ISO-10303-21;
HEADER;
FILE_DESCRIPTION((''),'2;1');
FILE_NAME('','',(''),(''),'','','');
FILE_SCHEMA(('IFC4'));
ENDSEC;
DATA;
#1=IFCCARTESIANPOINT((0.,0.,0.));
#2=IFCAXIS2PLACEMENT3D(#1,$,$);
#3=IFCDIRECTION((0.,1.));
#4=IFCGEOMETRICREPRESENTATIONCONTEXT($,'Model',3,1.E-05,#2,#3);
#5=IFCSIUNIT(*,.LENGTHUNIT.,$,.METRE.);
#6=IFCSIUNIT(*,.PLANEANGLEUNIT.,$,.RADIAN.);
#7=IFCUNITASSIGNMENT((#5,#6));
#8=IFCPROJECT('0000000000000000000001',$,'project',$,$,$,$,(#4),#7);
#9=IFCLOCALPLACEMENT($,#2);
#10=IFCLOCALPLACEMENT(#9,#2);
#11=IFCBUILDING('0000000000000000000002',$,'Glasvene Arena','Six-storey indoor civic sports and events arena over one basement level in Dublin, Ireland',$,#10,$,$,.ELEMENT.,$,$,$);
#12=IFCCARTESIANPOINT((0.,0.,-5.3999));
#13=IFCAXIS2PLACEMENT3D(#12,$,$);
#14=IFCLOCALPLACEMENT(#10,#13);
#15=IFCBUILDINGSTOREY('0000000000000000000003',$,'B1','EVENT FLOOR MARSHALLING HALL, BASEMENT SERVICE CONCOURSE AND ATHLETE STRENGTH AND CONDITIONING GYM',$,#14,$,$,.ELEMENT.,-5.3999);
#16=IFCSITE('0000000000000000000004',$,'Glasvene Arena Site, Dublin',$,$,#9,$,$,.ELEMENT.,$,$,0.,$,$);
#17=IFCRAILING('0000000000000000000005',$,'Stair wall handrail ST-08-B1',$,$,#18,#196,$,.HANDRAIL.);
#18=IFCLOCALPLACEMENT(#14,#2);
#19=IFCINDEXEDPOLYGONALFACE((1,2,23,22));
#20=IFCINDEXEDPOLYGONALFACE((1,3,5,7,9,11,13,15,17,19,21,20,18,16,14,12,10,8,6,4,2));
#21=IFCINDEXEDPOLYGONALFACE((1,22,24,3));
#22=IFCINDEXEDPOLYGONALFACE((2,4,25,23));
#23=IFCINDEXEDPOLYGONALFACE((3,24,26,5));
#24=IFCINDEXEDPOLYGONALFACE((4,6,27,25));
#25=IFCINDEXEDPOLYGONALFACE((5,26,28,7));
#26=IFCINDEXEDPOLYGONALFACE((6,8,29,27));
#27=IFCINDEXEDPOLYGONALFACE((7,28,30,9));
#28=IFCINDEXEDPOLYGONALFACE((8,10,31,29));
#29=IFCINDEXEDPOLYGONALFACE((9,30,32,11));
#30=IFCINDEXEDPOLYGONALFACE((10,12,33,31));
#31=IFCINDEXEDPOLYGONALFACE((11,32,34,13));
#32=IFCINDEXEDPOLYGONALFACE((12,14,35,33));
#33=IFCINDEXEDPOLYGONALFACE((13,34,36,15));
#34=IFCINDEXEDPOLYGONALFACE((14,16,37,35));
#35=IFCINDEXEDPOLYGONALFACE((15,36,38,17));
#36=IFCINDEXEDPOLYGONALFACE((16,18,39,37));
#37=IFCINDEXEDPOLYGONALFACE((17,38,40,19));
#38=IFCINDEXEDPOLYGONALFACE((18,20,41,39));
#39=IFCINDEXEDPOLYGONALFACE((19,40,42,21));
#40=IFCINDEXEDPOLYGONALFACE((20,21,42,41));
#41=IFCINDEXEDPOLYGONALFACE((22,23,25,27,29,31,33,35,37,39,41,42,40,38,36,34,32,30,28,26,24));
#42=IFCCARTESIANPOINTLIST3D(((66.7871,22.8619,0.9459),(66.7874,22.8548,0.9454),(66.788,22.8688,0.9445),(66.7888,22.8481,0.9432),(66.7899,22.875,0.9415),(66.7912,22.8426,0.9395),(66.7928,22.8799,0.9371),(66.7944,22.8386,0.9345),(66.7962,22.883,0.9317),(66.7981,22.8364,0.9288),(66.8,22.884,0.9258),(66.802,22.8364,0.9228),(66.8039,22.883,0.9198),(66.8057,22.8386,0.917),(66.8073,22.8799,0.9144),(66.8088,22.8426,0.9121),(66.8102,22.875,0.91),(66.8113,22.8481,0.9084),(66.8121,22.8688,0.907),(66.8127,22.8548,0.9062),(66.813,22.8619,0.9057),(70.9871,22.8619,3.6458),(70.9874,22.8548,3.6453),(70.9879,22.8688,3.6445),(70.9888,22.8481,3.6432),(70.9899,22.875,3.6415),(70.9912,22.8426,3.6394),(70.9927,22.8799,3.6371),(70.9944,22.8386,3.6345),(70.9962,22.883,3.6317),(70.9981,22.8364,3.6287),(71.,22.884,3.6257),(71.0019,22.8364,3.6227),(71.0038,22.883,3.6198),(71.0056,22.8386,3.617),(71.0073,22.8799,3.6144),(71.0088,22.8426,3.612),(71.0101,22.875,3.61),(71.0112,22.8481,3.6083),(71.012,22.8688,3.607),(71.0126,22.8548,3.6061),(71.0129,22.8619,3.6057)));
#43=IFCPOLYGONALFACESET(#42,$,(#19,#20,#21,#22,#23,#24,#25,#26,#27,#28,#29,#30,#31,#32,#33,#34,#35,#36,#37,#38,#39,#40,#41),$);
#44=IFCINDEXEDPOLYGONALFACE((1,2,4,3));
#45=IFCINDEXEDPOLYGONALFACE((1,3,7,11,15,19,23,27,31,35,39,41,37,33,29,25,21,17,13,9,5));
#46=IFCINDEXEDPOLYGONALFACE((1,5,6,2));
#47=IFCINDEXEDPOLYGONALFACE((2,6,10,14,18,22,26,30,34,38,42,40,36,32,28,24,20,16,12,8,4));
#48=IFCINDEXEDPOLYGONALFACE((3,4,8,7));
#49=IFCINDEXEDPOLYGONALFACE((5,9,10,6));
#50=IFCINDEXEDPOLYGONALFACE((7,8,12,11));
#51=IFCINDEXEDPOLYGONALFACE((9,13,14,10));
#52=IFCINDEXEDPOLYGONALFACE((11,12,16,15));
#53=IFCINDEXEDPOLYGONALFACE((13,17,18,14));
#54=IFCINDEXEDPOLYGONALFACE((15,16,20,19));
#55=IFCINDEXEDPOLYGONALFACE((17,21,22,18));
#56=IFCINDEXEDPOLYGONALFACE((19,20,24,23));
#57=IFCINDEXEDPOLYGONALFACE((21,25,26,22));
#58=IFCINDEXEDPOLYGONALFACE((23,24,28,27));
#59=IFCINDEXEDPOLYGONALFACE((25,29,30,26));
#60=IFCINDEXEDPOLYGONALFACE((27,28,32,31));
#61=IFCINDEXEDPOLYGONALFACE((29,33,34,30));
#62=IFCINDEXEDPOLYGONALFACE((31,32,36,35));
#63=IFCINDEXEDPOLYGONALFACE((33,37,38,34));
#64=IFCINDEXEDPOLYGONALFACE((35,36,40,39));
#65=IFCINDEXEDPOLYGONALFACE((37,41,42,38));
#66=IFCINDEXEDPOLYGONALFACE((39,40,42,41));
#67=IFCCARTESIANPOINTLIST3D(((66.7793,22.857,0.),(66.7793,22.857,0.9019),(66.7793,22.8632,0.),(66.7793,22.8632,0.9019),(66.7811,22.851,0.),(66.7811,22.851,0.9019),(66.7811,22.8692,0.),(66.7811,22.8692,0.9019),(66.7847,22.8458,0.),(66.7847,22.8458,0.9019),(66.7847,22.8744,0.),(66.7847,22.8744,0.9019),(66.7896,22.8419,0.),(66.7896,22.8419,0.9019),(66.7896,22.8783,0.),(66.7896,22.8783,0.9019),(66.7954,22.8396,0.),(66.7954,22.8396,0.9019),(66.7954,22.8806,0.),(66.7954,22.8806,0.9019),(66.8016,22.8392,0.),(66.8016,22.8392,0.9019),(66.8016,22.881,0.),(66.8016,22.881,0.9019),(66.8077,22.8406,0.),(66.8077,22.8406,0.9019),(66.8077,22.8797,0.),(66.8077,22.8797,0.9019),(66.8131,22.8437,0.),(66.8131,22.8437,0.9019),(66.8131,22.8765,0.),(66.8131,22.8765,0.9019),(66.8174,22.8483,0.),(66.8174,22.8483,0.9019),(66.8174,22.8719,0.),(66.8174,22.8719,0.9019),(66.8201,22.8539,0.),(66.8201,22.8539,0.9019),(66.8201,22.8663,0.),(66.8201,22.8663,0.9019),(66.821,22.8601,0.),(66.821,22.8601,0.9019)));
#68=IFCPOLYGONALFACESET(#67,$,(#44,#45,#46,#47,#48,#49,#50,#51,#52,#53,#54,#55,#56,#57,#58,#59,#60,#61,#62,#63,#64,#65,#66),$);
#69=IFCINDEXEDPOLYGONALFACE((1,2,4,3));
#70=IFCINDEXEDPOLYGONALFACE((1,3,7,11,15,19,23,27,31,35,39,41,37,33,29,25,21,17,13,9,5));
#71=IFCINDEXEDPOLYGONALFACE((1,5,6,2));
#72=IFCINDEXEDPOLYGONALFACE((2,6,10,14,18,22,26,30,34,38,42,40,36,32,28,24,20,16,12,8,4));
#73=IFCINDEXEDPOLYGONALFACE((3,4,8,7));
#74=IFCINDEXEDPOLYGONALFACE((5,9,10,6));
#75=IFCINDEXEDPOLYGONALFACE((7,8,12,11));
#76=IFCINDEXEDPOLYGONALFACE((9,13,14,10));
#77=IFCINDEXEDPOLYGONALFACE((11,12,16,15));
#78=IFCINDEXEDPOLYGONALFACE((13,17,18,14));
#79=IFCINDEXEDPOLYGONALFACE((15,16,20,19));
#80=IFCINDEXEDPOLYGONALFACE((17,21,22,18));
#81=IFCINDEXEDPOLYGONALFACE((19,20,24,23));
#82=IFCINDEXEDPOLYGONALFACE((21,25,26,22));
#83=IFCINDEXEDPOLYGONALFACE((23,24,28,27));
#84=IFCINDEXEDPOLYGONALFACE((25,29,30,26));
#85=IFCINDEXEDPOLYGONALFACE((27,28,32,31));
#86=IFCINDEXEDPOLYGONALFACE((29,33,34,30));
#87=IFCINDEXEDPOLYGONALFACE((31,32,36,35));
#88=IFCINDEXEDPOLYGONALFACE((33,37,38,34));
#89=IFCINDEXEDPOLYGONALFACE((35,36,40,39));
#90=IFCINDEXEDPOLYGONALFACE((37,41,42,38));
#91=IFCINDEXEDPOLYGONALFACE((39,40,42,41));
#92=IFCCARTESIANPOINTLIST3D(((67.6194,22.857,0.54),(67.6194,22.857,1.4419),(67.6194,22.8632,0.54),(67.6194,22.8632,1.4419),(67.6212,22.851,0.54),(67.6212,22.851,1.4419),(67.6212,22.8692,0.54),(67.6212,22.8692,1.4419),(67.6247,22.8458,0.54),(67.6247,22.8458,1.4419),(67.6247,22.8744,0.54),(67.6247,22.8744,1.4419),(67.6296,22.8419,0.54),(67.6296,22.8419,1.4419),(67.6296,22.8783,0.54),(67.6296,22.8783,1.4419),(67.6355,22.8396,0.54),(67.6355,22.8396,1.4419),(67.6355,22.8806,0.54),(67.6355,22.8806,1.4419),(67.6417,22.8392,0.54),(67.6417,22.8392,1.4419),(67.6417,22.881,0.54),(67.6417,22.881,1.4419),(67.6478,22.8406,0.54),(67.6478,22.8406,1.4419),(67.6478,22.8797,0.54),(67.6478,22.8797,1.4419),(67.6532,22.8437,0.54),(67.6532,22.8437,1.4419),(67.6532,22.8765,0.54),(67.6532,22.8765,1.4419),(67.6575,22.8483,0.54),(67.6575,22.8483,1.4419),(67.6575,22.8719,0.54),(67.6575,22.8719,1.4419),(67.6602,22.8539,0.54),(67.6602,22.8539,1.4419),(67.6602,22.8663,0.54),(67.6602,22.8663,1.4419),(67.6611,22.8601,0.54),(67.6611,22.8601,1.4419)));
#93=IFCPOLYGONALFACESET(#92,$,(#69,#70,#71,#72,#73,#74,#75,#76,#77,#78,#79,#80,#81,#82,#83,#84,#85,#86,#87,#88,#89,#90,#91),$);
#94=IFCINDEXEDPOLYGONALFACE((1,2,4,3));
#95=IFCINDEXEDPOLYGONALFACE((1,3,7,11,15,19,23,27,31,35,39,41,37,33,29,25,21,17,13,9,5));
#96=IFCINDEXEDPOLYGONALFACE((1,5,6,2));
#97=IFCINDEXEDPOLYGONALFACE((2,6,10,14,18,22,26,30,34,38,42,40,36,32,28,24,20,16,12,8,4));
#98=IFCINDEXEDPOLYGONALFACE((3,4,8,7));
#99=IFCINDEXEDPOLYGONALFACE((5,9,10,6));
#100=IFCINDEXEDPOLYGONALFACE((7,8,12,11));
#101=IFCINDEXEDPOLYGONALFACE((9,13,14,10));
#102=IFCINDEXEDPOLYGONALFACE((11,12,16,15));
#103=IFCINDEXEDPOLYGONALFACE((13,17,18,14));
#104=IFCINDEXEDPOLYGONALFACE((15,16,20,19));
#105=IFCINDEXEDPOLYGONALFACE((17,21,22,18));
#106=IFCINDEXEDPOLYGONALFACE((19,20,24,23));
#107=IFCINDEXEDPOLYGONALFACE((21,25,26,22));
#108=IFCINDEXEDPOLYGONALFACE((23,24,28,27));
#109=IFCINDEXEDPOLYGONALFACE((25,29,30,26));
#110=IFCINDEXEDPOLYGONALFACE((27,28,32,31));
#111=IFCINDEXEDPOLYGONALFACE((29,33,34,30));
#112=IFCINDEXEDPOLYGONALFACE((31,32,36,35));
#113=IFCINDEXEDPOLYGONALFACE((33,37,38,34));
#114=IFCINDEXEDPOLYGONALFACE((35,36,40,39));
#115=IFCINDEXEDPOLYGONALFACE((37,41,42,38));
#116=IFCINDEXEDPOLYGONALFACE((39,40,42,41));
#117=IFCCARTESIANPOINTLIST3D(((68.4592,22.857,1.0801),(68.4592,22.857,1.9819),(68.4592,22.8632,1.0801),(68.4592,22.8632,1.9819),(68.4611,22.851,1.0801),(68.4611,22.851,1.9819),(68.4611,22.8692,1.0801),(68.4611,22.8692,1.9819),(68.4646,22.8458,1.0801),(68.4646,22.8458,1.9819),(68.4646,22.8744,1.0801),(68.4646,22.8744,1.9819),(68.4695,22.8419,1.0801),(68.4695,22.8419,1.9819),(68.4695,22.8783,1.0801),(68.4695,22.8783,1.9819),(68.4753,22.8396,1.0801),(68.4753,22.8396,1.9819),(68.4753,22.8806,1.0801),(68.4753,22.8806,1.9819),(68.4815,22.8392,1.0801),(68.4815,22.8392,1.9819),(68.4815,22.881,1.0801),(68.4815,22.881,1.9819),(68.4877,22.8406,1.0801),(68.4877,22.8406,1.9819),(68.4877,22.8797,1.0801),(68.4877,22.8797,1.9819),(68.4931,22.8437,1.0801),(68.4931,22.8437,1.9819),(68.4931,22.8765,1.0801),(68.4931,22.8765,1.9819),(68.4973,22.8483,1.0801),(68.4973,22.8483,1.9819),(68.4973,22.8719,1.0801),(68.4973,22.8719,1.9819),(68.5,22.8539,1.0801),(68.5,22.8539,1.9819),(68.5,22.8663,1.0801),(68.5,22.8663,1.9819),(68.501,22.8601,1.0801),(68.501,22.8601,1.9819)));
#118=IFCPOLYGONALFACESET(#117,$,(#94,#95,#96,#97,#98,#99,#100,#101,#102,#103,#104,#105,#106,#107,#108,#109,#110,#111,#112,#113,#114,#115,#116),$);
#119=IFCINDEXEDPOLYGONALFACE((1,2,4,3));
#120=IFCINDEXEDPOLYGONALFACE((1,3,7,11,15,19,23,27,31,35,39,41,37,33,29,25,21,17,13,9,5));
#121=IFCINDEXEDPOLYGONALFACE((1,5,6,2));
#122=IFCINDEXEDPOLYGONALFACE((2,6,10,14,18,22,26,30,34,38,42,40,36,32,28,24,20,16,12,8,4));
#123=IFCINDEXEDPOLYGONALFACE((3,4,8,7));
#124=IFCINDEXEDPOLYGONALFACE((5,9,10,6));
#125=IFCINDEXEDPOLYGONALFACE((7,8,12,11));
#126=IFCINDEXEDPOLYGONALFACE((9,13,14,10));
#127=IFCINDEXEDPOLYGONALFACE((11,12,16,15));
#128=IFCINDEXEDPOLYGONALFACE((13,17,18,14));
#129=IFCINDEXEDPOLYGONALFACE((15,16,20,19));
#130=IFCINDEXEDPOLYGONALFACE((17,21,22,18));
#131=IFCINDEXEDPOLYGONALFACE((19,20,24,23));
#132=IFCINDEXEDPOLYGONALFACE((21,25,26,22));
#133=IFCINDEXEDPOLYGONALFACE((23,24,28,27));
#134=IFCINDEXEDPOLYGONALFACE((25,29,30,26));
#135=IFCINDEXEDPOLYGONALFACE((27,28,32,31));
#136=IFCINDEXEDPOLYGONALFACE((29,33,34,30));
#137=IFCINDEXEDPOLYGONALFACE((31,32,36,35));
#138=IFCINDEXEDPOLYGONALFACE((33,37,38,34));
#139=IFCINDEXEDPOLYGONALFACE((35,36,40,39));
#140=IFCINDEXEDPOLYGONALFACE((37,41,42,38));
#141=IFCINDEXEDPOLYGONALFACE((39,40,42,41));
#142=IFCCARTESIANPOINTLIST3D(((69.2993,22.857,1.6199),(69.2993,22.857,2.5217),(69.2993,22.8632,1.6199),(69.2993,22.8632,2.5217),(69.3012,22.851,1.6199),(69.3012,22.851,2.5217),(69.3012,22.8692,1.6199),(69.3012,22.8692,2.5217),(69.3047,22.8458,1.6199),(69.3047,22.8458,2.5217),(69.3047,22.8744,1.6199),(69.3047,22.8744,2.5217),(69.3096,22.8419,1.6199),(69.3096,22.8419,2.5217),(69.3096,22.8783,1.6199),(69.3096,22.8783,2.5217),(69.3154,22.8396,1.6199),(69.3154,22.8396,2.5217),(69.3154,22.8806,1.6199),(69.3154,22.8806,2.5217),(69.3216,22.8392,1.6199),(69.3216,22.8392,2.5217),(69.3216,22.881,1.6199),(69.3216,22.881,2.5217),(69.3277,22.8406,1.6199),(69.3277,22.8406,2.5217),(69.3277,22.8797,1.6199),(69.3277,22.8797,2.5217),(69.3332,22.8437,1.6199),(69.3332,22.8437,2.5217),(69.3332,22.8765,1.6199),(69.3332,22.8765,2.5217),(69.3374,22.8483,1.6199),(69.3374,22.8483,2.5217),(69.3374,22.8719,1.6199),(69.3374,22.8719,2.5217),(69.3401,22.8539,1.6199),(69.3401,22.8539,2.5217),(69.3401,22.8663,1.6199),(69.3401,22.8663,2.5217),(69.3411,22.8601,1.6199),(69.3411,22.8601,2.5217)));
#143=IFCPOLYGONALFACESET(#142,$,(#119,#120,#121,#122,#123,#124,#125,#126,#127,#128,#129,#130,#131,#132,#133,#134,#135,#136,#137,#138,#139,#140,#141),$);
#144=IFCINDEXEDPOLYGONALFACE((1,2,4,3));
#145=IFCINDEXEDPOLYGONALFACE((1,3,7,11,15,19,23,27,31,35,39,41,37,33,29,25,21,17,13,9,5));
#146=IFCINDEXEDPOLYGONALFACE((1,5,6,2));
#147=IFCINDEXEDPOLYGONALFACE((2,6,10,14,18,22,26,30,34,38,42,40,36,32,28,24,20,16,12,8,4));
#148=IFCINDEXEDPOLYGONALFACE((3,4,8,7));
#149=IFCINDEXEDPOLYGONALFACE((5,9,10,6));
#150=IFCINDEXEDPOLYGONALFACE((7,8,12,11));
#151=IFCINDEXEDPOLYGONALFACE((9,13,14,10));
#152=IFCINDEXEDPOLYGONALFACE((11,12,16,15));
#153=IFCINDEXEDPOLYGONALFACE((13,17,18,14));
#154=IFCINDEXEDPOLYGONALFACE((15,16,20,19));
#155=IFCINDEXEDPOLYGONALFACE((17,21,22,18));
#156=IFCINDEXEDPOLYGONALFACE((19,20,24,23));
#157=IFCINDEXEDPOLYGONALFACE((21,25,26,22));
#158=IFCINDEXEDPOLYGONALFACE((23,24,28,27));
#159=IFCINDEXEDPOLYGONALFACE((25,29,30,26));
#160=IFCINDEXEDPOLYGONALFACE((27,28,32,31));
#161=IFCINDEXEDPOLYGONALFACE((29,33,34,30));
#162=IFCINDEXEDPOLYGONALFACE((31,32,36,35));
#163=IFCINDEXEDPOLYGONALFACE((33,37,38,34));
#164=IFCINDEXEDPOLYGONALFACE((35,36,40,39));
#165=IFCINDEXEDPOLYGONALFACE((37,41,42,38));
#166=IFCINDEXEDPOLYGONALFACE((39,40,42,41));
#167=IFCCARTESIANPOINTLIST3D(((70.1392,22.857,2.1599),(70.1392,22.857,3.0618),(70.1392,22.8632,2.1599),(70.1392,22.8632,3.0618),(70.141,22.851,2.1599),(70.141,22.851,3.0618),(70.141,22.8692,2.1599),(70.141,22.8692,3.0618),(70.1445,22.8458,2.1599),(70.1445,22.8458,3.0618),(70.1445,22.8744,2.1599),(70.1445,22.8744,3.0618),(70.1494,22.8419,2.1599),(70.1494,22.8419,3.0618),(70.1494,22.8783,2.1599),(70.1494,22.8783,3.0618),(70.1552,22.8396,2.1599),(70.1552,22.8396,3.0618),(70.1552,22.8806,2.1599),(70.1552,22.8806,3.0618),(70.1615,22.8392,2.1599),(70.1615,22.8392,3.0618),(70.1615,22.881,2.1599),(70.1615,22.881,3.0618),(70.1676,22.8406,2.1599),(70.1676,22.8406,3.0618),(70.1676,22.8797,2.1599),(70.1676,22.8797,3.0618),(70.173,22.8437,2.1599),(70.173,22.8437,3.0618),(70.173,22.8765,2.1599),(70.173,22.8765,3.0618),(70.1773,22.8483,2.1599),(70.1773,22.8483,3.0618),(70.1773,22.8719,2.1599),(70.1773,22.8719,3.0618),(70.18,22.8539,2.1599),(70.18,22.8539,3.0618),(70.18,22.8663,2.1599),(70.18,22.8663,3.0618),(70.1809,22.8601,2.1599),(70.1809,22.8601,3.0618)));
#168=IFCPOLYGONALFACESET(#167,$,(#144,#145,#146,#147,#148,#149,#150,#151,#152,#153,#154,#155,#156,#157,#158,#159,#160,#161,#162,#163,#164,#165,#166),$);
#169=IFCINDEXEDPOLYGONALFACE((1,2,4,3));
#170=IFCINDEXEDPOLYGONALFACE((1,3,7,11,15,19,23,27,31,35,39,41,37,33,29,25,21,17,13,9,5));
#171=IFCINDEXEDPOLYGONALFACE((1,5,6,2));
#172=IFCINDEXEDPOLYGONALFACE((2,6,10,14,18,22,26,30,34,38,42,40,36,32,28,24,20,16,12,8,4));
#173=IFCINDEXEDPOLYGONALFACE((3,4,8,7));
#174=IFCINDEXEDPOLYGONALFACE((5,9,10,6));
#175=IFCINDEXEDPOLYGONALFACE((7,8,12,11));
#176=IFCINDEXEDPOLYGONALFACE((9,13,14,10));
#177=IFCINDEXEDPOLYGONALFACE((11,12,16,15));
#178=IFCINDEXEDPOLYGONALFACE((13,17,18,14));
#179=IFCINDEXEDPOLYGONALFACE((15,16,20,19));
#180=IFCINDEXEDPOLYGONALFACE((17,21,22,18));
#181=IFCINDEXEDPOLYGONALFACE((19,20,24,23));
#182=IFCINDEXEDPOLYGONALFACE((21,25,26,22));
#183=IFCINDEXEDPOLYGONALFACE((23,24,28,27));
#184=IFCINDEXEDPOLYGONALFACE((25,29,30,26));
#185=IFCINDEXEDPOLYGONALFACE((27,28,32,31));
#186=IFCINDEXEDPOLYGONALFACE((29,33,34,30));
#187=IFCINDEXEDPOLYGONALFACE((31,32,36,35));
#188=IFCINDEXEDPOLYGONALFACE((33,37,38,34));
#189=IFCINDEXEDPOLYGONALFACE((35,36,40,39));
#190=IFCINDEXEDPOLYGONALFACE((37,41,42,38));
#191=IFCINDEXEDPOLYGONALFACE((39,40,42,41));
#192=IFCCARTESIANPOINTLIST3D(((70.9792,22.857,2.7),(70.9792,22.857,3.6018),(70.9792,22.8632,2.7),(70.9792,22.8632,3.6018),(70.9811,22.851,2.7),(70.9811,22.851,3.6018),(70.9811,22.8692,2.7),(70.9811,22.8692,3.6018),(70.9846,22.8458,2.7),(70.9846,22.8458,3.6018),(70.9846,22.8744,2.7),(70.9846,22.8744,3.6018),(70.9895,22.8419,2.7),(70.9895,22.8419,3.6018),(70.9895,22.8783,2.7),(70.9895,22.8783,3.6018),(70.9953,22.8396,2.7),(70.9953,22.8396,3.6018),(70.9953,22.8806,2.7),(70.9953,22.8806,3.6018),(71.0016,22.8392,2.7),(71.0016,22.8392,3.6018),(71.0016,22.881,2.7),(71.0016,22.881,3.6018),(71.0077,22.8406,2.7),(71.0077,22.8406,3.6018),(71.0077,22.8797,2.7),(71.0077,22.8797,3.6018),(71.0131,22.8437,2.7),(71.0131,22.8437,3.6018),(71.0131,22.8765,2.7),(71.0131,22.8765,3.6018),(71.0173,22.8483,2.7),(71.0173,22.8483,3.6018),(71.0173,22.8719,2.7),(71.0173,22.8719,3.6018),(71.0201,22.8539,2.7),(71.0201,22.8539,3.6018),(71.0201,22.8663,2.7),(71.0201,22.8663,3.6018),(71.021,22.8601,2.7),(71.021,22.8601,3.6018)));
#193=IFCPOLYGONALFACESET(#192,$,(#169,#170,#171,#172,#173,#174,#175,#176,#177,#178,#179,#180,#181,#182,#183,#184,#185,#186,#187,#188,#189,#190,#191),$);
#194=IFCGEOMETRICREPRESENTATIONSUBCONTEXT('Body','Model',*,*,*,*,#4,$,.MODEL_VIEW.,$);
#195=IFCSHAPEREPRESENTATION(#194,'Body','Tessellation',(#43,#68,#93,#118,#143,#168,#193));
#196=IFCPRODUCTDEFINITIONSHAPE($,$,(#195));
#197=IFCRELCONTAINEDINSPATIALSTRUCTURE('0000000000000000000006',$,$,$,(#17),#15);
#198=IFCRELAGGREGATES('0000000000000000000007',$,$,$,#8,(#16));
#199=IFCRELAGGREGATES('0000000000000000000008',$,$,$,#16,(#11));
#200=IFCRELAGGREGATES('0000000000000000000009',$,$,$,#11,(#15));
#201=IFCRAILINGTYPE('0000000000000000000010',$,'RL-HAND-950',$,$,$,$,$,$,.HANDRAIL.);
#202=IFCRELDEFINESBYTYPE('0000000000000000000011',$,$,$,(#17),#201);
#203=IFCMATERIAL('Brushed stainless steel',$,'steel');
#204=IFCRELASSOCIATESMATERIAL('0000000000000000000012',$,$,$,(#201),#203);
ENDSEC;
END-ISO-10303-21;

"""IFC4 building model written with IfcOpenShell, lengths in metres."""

from ifc_helpers import new_model, si_unit, direction, frame, origin, origin_2d, place, context, subcontext, project, spatial, circle, extrude, material, type_object, element, save


model = new_model("IFC4")

# Units and contexts
model_context = context("Model", 3, precision=1e-05, world=origin(), true_north=direction((0.0, 1.0)))
body_context = subcontext(model_context, "Body", "Model", "MODEL_VIEW")
ifc_project = project(units=[si_unit("LENGTHUNIT", "METRE"), si_unit("PLANEANGLEUNIT", "RADIAN")], contexts=[model_context])

# Site, building, storey
site_placement = place(None, origin())
site = spatial("IfcSite", under=ifc_project, at=site_placement, Name="Glasvene Arena Site, Dublin", CompositionType="ELEMENT", RefElevation=0.0)
building_placement = place(site_placement, origin())
building = spatial("IfcBuilding", under=site, at=building_placement, Name="Glasvene Arena", Description="Six-storey indoor civic sports and events arena over one basement level in Dublin, Ireland", CompositionType="ELEMENT")
storey_placement = place(building_placement, frame((0.0, 0.0, -5.3999)))
storey = spatial("IfcBuildingStorey", under=building, at=storey_placement, Name="B1", Description="EVENT FLOOR MARSHALLING HALL, BASEMENT SERVICE CONCOURSE AND ATHLETE STRENGTH AND CONDITIONING GYM", CompositionType="ELEMENT", Elevation=-5.3999)

# Railing
ifc_material_1 = material(Name="Brushed stainless steel", Category="steel")
railing_type_1 = type_object("IfcRailingType", Name="RL-HAND-950", PredefinedType="HANDRAIL", material=ifc_material_1)
railing_1_placement = place(storey_placement, frame((66.8, 22.8601, 0.0)))
element("IfcRailing", 1, at=railing_1_placement, inside=storey, type_object=railing_type_1, Name="Stair wall handrail ST-08-B1", PredefinedType="HANDRAIL", context=body_context, shape_type="SweptSolid", body=[
    extrude(circle(Radius=0.0239, at=origin_2d()), frame((0.0, 0.0, 0.9258), z_axis=(0.84118, 0.0, 0.540755), x_axis=(0.0, 1.0, 0.0)), (0.0, 0.0, 1.0), 4.9929),
    extrude(circle(Radius=0.021, at=origin_2d()), origin(), (0.0, 0.0, 1.0), 0.9019),
    extrude(circle(Radius=0.021, at=origin_2d()), frame((0.8401, 0.0, 0.54)), (0.0, 0.0, 1.0), 0.9019),
    extrude(circle(Radius=0.021, at=origin_2d()), frame((1.6799, 0.0, 1.0801)), (0.0, 0.0, 1.0), 0.9019),
    extrude(circle(Radius=0.021, at=origin_2d()), frame((2.52, 0.0, 1.6199)), (0.0, 0.0, 1.0), 0.9019),
    extrude(circle(Radius=0.021, at=origin_2d()), frame((3.3599, 0.0, 2.1599)), (0.0, 0.0, 1.0), 0.9019),
    extrude(circle(Radius=0.021, at=origin_2d()), frame((4.2, 0.0, 2.7)), (0.0, 0.0, 1.0), 0.9019),
])

save(model, "model.ifc")
